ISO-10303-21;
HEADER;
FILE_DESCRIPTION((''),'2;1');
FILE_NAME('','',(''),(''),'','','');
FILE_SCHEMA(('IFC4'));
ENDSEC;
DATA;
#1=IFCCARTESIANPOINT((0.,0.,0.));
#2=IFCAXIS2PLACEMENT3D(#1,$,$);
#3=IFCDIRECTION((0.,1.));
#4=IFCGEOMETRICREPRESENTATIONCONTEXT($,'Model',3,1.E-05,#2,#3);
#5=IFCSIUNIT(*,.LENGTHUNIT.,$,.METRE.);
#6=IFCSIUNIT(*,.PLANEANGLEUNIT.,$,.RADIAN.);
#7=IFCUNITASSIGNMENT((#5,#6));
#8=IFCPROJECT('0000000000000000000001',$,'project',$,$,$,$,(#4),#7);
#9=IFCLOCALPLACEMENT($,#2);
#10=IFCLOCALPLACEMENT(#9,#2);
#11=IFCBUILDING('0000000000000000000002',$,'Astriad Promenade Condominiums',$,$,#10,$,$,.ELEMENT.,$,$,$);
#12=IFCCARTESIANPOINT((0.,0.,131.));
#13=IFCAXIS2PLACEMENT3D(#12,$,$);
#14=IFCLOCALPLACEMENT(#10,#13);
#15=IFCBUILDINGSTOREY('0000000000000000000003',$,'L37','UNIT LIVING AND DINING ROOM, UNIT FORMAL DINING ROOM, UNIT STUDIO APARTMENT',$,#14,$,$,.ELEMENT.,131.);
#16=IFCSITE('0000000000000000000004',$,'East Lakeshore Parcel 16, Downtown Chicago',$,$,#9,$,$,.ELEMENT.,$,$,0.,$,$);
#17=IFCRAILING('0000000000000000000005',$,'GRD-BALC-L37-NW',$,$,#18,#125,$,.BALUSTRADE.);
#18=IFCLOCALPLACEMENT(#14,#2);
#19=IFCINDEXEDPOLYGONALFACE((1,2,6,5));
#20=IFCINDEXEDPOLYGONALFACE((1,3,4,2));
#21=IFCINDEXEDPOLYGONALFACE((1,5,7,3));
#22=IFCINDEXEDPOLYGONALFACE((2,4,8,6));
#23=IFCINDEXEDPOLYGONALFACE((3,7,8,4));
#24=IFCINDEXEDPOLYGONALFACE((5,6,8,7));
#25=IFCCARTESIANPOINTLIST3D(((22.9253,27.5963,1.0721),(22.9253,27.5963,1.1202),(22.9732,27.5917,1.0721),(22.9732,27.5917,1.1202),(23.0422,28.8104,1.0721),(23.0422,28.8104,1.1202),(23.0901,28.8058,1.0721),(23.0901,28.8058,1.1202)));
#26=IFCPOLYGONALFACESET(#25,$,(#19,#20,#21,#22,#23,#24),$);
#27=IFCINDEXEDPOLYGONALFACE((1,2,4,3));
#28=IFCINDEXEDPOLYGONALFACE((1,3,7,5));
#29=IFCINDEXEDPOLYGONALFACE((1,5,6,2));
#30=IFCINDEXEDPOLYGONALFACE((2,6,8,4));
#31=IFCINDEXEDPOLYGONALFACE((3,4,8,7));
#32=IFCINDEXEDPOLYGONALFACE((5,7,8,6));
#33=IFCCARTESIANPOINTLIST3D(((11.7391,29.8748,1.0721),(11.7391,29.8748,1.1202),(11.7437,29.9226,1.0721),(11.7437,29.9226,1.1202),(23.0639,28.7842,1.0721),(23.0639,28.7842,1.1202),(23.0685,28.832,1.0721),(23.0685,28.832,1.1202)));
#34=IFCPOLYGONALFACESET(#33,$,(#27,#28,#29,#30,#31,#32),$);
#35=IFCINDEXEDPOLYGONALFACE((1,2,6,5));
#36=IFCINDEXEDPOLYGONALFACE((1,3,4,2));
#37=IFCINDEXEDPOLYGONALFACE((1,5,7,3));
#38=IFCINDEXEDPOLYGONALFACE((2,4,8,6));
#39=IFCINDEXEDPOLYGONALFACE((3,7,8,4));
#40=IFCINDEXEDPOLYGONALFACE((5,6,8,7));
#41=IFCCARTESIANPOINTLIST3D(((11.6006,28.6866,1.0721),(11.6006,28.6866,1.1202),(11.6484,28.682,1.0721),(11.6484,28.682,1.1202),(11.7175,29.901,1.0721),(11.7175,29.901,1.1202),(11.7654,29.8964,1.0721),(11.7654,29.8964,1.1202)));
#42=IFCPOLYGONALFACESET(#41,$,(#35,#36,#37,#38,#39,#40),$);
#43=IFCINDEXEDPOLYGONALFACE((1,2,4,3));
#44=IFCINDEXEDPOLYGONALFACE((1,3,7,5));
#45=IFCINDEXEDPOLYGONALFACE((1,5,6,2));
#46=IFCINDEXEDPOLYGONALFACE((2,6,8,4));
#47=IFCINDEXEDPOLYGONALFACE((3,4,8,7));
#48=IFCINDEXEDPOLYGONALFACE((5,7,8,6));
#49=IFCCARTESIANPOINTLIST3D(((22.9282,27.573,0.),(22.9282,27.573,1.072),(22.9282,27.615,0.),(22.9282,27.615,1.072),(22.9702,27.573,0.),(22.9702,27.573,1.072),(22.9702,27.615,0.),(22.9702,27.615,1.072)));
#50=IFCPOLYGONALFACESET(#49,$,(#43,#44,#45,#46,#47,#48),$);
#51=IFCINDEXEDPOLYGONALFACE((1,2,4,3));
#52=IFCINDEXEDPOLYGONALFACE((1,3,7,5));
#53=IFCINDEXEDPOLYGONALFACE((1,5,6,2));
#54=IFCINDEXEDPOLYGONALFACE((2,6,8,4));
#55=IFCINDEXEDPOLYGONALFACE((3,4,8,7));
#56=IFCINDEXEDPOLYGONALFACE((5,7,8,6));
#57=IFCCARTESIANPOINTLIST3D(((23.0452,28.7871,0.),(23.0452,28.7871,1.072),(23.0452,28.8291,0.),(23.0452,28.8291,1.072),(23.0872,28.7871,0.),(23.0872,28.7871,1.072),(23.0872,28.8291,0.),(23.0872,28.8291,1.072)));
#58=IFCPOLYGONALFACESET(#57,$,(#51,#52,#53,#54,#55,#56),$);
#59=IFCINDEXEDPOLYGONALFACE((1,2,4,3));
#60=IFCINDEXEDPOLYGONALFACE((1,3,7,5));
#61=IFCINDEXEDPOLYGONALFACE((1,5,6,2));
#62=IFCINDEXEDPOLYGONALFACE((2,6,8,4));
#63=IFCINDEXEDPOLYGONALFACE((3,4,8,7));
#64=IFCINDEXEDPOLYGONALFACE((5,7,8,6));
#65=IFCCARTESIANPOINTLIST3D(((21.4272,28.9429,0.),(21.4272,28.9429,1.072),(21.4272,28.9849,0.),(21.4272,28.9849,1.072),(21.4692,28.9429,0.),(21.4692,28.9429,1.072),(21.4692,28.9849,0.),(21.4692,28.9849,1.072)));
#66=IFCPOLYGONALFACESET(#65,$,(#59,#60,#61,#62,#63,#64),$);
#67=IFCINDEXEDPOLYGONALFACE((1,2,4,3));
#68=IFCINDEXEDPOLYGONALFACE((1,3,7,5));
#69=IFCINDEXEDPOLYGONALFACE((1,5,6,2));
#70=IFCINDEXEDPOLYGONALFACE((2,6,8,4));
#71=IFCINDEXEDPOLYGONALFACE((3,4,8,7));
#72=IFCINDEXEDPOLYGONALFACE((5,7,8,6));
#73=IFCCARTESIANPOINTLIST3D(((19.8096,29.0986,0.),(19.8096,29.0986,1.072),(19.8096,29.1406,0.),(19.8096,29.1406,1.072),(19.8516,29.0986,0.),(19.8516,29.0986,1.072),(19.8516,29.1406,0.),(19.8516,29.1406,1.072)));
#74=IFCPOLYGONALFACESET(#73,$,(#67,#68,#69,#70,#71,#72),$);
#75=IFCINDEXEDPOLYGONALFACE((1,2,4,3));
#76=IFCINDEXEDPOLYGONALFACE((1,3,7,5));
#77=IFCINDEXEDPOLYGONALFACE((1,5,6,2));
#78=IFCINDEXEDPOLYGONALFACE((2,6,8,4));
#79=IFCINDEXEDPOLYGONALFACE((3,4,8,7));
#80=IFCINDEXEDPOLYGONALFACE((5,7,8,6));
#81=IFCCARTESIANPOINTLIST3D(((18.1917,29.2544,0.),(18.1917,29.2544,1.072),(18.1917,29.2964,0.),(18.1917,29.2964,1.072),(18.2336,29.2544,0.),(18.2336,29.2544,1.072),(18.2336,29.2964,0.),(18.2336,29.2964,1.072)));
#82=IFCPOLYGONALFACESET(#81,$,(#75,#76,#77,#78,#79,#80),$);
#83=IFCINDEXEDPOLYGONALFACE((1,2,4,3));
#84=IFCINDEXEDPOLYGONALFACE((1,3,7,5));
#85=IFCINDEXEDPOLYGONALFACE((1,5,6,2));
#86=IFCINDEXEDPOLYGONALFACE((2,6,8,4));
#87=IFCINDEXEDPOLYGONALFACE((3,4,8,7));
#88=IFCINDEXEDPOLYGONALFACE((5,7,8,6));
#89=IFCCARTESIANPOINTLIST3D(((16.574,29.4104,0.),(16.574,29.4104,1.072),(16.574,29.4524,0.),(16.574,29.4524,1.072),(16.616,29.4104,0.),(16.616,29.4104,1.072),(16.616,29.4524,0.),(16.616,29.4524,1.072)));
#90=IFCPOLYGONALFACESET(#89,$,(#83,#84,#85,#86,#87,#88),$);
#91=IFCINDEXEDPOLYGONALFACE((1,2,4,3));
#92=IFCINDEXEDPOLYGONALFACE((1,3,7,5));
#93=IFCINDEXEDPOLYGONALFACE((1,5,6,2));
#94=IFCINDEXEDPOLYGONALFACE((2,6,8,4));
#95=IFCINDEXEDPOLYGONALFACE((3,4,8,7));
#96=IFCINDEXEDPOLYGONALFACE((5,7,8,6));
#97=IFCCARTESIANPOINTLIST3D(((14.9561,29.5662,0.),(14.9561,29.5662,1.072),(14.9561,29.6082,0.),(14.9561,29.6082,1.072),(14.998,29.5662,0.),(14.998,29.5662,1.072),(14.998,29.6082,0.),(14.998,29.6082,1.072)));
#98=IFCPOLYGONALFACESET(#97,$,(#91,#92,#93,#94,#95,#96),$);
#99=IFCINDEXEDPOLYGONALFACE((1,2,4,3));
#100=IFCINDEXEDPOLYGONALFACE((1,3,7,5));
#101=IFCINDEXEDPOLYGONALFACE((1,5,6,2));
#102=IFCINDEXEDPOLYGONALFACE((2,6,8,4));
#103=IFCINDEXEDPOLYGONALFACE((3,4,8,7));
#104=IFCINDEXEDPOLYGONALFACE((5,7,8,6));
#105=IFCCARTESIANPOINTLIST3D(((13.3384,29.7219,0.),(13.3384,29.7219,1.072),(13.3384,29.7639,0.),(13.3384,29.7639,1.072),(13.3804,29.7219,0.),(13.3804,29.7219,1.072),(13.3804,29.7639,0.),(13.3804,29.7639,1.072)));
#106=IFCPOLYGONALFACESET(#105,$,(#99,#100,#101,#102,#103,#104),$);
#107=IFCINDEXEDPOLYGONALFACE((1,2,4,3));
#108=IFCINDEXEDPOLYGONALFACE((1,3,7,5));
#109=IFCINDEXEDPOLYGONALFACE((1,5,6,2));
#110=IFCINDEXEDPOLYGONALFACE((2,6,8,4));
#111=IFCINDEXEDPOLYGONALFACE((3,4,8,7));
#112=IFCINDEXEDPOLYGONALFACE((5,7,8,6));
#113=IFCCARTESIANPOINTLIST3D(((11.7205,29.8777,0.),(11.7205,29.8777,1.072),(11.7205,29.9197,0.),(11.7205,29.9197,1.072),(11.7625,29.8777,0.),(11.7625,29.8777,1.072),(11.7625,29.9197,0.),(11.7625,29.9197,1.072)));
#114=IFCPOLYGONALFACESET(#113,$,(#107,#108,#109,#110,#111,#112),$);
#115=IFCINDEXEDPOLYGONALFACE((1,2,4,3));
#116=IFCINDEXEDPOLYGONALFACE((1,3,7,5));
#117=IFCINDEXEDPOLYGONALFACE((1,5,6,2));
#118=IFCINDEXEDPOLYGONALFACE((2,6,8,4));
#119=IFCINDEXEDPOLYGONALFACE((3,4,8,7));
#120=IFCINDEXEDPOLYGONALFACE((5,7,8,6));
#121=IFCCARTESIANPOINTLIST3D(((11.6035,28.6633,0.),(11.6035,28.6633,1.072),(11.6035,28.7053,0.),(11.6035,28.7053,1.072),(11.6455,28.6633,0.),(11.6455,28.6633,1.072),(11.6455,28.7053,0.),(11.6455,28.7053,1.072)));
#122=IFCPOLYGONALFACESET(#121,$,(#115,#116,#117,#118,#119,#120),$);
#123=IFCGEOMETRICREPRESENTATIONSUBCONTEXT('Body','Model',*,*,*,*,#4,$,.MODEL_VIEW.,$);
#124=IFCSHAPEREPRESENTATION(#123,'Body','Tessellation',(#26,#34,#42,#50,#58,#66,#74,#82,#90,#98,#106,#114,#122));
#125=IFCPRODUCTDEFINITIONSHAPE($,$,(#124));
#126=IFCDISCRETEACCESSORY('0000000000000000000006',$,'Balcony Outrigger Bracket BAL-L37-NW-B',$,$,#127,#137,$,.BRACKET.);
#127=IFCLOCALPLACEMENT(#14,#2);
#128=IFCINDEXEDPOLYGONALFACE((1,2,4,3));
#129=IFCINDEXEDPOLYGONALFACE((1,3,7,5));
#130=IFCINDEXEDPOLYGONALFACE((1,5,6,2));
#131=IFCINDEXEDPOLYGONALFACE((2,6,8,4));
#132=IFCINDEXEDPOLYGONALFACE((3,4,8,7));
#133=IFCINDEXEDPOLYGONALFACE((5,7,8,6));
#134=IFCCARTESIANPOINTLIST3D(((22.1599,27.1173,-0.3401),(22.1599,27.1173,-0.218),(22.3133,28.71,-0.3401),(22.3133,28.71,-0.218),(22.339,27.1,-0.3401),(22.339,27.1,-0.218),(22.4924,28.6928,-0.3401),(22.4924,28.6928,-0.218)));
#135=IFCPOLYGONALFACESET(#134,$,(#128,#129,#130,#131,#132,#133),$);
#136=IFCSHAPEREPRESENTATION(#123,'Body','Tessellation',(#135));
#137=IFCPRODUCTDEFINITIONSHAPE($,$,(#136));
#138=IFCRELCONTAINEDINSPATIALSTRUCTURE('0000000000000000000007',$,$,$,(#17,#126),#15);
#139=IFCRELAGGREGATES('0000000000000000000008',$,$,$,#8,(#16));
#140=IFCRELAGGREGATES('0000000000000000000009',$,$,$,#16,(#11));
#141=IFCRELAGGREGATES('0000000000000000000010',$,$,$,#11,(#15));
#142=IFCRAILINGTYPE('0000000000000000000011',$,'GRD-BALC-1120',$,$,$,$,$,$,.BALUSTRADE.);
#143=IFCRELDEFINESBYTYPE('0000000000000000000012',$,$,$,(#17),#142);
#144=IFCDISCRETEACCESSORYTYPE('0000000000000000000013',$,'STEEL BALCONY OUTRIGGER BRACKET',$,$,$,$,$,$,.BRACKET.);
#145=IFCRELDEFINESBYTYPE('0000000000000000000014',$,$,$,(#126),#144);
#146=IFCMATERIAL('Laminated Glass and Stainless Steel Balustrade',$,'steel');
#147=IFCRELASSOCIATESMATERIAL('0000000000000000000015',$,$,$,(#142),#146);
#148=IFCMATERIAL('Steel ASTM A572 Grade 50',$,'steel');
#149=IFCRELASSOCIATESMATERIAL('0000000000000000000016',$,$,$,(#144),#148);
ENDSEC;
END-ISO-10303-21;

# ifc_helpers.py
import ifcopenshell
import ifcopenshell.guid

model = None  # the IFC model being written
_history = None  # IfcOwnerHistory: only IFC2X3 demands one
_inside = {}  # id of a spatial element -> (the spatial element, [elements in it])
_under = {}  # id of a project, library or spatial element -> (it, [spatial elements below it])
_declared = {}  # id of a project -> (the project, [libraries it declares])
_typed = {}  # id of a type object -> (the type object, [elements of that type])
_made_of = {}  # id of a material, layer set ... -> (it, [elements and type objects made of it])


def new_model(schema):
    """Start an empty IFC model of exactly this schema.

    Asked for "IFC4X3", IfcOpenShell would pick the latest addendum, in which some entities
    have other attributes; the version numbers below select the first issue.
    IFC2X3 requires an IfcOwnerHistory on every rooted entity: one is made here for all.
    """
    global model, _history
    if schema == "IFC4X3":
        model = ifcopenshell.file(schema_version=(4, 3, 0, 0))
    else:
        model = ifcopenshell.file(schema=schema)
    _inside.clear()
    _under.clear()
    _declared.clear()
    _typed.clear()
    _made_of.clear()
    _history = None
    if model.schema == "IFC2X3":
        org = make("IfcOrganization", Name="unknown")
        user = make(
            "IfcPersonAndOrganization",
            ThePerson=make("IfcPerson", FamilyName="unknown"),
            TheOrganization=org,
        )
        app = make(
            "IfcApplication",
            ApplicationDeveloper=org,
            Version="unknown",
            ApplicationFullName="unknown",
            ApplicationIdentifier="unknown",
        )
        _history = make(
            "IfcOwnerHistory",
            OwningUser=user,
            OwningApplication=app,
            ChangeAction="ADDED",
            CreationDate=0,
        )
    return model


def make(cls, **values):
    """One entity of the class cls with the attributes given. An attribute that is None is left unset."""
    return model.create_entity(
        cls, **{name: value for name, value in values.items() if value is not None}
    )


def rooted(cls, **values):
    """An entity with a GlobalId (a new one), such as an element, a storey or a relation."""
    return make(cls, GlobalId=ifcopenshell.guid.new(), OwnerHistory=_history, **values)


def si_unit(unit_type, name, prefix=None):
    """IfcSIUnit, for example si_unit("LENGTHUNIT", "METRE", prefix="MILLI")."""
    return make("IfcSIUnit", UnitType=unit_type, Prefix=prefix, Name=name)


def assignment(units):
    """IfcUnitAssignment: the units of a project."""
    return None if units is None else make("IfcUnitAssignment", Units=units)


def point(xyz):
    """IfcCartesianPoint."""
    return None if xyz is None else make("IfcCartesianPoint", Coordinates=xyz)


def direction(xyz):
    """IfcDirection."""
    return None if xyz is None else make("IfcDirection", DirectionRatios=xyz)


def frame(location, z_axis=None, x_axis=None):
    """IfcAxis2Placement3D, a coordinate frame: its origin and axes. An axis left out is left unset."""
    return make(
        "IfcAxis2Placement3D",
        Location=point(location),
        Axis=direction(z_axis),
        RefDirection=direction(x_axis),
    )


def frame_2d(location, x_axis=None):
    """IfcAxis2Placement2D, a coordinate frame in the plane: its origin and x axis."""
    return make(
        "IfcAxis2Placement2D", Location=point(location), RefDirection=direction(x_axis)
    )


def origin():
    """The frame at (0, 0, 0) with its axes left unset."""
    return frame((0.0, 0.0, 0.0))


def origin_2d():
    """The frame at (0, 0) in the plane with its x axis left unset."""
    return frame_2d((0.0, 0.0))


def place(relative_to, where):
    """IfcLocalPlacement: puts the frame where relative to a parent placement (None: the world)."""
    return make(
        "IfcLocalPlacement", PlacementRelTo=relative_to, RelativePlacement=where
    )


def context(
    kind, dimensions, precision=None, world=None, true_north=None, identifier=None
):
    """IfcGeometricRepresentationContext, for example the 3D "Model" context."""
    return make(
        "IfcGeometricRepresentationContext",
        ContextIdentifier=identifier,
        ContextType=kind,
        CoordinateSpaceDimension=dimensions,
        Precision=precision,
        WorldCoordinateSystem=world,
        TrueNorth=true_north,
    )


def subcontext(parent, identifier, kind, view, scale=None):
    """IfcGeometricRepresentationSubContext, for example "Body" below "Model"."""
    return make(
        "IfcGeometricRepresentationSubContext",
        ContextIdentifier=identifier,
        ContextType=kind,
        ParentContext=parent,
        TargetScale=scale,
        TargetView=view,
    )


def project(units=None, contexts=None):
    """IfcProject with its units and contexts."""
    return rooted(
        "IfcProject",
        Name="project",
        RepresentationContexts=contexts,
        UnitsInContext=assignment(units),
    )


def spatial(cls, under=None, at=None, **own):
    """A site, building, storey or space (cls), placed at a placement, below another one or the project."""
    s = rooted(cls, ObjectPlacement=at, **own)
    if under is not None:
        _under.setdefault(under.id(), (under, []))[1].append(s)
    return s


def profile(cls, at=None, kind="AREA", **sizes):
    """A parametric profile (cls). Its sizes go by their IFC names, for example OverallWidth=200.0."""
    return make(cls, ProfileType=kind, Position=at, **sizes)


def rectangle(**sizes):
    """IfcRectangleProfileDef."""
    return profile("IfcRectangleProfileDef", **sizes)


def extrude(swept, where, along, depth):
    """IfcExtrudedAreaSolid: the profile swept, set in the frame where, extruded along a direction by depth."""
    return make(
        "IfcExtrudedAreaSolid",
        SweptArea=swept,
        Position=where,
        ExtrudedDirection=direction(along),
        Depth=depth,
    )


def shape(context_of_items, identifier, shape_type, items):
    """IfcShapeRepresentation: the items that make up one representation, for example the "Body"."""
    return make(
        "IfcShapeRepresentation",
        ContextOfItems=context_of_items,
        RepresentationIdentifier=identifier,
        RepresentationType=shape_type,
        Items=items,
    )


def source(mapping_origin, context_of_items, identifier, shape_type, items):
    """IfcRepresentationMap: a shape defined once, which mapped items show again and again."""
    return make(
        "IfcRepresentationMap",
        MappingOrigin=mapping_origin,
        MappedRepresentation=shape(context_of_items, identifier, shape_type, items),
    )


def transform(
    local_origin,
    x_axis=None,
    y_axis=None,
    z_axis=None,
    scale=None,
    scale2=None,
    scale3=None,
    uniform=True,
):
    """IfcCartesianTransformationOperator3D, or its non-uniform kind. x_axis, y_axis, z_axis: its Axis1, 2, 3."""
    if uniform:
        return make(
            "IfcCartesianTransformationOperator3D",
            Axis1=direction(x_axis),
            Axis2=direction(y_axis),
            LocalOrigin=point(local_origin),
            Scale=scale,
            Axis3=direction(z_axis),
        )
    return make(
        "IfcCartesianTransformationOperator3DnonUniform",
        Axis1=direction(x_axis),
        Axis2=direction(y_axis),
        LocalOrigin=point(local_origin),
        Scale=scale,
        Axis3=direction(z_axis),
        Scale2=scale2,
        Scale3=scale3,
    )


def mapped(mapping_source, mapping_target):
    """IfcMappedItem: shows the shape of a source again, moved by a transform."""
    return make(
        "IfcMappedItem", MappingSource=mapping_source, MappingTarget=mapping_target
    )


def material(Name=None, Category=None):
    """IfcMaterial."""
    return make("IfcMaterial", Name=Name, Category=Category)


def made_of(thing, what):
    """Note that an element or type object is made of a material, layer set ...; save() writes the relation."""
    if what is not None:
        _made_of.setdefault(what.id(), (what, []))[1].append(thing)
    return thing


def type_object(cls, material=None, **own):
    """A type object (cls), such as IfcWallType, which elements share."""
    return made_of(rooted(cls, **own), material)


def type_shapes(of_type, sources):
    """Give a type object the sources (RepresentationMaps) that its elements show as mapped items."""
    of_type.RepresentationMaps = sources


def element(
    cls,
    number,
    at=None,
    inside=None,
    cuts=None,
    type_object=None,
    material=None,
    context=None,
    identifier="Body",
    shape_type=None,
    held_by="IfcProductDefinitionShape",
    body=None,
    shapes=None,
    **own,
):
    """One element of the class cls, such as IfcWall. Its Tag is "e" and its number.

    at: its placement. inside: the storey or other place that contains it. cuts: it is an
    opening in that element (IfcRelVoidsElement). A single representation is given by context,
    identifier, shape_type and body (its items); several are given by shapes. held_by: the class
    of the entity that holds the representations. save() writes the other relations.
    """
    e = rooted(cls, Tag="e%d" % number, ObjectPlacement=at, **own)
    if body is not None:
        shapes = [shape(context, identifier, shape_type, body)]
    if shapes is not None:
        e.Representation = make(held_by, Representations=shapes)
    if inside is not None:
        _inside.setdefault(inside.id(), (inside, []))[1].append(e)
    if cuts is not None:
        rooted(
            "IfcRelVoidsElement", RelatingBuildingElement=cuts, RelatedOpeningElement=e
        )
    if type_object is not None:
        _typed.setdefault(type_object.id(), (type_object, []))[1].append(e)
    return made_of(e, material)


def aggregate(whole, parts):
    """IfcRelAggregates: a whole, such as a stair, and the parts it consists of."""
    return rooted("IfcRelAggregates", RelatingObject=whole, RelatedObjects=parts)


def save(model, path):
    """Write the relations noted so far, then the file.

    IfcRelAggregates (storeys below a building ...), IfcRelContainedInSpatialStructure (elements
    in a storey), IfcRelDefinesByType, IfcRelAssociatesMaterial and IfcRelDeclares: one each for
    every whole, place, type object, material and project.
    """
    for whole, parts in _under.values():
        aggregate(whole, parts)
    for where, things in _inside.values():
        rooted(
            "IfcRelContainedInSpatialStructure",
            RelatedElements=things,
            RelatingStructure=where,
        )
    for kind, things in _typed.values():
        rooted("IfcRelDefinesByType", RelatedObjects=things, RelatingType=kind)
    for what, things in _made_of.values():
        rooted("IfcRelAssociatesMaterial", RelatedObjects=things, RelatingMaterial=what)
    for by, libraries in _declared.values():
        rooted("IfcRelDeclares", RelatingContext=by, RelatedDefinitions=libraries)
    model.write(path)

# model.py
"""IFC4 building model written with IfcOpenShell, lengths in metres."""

from ifc_helpers import new_model, si_unit, direction, frame, origin, origin_2d, place, context, subcontext, project, spatial, rectangle, extrude, source, transform, mapped, material, type_object, type_shapes, element, save


model = new_model("IFC4")

# Units and contexts
model_context = context("Model", 3, precision=1e-05, world=origin(), true_north=direction((0.0, 1.0)))
body_context = subcontext(model_context, "Body", "Model", "MODEL_VIEW")
ifc_project = project(units=[si_unit("LENGTHUNIT", "METRE"), si_unit("PLANEANGLEUNIT", "RADIAN")], contexts=[model_context])

# Site, building, storey
site_placement = place(None, origin())
site = spatial("IfcSite", under=ifc_project, at=site_placement, Name="East Lakeshore Parcel 16, Downtown Chicago", CompositionType="ELEMENT", RefElevation=0.0)
building_placement = place(site_placement, origin())
building = spatial("IfcBuilding", under=site, at=building_placement, Name="Astriad Promenade Condominiums", CompositionType="ELEMENT")
storey_placement = place(building_placement, frame((0.0, 0.0, 131.0)))
storey = spatial("IfcBuildingStorey", under=building, at=storey_placement, Name="L37", Description="UNIT LIVING AND DINING ROOM, UNIT FORMAL DINING ROOM, UNIT STUDIO APARTMENT", CompositionType="ELEMENT", Elevation=131.0)

# Railing
ifc_material_1 = material(Name="Laminated Glass and Stainless Steel Balustrade", Category="steel")
railing_type = type_object("IfcRailingType", Name="GRD-BALC-1120", PredefinedType="BALUSTRADE", material=ifc_material_1)
shared_shape_1 = source(origin(), body_context, "Body", "SweptSolid", [
    extrude(rectangle(XDim=0.0481, YDim=0.0481, at=origin_2d()), frame((0.0, 0.0, 1.0962), z_axis=(0.095876, 0.995393, 0.0), x_axis=(-0.995393, 0.095876, 0.0)), (0.0, 0.0, 1.0), 1.2197),
    extrude(rectangle(XDim=0.0481, YDim=0.0481, at=origin_2d()), frame((0.1169, 1.2141, 1.0962), z_axis=(-0.995395, 0.095857, 0.0), x_axis=(-0.095857, -0.995395, 0.0)), (0.0, 0.0, 1.0), 11.3772),
    extrude(rectangle(XDim=0.0481, YDim=0.0481, at=origin_2d()), frame((-11.2078, 2.3047, 1.0962), z_axis=(-0.095857, -0.995395, 0.0), x_axis=(0.995395, -0.095857, 0.0)), (0.0, 0.0, 1.0), 1.22),
    extrude(rectangle(XDim=0.042, YDim=0.042, at=origin_2d()), origin(), (0.0, 0.0, 1.0), 1.072),
    extrude(rectangle(XDim=0.042, YDim=0.042, at=origin_2d()), frame((0.1169, 1.2141, 0.0)), (0.0, 0.0, 1.0), 1.072),
    extrude(rectangle(XDim=0.042, YDim=0.042, at=origin_2d()), frame((-1.501, 1.3699, 0.0)), (0.0, 0.0, 1.0), 1.072),
    extrude(rectangle(XDim=0.042, YDim=0.042, at=origin_2d()), frame((-3.1187, 1.5256, 0.0)), (0.0, 0.0, 1.0), 1.072),
    extrude(rectangle(XDim=0.042, YDim=0.042, at=origin_2d()), frame((-4.7366, 1.6814, 0.0)), (0.0, 0.0, 1.0), 1.072),
    extrude(rectangle(XDim=0.042, YDim=0.042, at=origin_2d()), frame((-6.3542, 1.8374, 0.0)), (0.0, 0.0, 1.0), 1.072),
    extrude(rectangle(XDim=0.042, YDim=0.042, at=origin_2d()), frame((-7.9722, 1.9932, 0.0)), (0.0, 0.0, 1.0), 1.072),
    extrude(rectangle(XDim=0.042, YDim=0.042, at=origin_2d()), frame((-9.5898, 2.1489, 0.0)), (0.0, 0.0, 1.0), 1.072),
    extrude(rectangle(XDim=0.042, YDim=0.042, at=origin_2d()), frame((-11.2078, 2.3047, 0.0)), (0.0, 0.0, 1.0), 1.072),
    extrude(rectangle(XDim=0.042, YDim=0.042, at=origin_2d()), frame((-11.3247, 1.0903, 0.0)), (0.0, 0.0, 1.0), 1.072),
])
type_shapes(railing_type, [shared_shape_1])
railing_placement = place(storey_placement, frame((22.9492, 27.594, 0.0)))
element("IfcRailing", 1, at=railing_placement, inside=storey, type_object=railing_type, Name="GRD-BALC-L37-NW", PredefinedType="BALUSTRADE", context=body_context, shape_type="MappedRepresentation", body=[
    mapped(shared_shape_1, transform((0.0, 0.0, 0.0), scale=1.0)),
])

# Discrete accessory
ifc_material_2 = material(Name="Steel ASTM A572 Grade 50", Category="steel")
discrete_accessory_type = type_object("IfcDiscreteAccessoryType", Name="STEEL BALCONY OUTRIGGER BRACKET", PredefinedType="BRACKET", material=ifc_material_2)
shared_shape_2 = source(origin(), body_context, "Body", "SweptSolid", [
    extrude(rectangle(XDim=1.6001, YDim=0.1799, at=origin_2d()), origin(), (0.0, 0.0, 1.0), 0.1221),
])
type_shapes(discrete_accessory_type, [shared_shape_2])
discrete_accessory_placement = place(storey_placement, frame((22.3262, 27.905, -0.3401), z_axis=(0.0, 0.0, 1.0), x_axis=(0.095846, 0.995396, 0.0)))
element("IfcDiscreteAccessory", 2, at=discrete_accessory_placement, inside=storey, type_object=discrete_accessory_type, Name="Balcony Outrigger Bracket BAL-L37-NW-B", PredefinedType="BRACKET", context=body_context, shape_type="MappedRepresentation", body=[
    mapped(shared_shape_2, transform((0.0, 0.0, 0.0), scale=1.0)),
])

save(model, "model.ifc")
